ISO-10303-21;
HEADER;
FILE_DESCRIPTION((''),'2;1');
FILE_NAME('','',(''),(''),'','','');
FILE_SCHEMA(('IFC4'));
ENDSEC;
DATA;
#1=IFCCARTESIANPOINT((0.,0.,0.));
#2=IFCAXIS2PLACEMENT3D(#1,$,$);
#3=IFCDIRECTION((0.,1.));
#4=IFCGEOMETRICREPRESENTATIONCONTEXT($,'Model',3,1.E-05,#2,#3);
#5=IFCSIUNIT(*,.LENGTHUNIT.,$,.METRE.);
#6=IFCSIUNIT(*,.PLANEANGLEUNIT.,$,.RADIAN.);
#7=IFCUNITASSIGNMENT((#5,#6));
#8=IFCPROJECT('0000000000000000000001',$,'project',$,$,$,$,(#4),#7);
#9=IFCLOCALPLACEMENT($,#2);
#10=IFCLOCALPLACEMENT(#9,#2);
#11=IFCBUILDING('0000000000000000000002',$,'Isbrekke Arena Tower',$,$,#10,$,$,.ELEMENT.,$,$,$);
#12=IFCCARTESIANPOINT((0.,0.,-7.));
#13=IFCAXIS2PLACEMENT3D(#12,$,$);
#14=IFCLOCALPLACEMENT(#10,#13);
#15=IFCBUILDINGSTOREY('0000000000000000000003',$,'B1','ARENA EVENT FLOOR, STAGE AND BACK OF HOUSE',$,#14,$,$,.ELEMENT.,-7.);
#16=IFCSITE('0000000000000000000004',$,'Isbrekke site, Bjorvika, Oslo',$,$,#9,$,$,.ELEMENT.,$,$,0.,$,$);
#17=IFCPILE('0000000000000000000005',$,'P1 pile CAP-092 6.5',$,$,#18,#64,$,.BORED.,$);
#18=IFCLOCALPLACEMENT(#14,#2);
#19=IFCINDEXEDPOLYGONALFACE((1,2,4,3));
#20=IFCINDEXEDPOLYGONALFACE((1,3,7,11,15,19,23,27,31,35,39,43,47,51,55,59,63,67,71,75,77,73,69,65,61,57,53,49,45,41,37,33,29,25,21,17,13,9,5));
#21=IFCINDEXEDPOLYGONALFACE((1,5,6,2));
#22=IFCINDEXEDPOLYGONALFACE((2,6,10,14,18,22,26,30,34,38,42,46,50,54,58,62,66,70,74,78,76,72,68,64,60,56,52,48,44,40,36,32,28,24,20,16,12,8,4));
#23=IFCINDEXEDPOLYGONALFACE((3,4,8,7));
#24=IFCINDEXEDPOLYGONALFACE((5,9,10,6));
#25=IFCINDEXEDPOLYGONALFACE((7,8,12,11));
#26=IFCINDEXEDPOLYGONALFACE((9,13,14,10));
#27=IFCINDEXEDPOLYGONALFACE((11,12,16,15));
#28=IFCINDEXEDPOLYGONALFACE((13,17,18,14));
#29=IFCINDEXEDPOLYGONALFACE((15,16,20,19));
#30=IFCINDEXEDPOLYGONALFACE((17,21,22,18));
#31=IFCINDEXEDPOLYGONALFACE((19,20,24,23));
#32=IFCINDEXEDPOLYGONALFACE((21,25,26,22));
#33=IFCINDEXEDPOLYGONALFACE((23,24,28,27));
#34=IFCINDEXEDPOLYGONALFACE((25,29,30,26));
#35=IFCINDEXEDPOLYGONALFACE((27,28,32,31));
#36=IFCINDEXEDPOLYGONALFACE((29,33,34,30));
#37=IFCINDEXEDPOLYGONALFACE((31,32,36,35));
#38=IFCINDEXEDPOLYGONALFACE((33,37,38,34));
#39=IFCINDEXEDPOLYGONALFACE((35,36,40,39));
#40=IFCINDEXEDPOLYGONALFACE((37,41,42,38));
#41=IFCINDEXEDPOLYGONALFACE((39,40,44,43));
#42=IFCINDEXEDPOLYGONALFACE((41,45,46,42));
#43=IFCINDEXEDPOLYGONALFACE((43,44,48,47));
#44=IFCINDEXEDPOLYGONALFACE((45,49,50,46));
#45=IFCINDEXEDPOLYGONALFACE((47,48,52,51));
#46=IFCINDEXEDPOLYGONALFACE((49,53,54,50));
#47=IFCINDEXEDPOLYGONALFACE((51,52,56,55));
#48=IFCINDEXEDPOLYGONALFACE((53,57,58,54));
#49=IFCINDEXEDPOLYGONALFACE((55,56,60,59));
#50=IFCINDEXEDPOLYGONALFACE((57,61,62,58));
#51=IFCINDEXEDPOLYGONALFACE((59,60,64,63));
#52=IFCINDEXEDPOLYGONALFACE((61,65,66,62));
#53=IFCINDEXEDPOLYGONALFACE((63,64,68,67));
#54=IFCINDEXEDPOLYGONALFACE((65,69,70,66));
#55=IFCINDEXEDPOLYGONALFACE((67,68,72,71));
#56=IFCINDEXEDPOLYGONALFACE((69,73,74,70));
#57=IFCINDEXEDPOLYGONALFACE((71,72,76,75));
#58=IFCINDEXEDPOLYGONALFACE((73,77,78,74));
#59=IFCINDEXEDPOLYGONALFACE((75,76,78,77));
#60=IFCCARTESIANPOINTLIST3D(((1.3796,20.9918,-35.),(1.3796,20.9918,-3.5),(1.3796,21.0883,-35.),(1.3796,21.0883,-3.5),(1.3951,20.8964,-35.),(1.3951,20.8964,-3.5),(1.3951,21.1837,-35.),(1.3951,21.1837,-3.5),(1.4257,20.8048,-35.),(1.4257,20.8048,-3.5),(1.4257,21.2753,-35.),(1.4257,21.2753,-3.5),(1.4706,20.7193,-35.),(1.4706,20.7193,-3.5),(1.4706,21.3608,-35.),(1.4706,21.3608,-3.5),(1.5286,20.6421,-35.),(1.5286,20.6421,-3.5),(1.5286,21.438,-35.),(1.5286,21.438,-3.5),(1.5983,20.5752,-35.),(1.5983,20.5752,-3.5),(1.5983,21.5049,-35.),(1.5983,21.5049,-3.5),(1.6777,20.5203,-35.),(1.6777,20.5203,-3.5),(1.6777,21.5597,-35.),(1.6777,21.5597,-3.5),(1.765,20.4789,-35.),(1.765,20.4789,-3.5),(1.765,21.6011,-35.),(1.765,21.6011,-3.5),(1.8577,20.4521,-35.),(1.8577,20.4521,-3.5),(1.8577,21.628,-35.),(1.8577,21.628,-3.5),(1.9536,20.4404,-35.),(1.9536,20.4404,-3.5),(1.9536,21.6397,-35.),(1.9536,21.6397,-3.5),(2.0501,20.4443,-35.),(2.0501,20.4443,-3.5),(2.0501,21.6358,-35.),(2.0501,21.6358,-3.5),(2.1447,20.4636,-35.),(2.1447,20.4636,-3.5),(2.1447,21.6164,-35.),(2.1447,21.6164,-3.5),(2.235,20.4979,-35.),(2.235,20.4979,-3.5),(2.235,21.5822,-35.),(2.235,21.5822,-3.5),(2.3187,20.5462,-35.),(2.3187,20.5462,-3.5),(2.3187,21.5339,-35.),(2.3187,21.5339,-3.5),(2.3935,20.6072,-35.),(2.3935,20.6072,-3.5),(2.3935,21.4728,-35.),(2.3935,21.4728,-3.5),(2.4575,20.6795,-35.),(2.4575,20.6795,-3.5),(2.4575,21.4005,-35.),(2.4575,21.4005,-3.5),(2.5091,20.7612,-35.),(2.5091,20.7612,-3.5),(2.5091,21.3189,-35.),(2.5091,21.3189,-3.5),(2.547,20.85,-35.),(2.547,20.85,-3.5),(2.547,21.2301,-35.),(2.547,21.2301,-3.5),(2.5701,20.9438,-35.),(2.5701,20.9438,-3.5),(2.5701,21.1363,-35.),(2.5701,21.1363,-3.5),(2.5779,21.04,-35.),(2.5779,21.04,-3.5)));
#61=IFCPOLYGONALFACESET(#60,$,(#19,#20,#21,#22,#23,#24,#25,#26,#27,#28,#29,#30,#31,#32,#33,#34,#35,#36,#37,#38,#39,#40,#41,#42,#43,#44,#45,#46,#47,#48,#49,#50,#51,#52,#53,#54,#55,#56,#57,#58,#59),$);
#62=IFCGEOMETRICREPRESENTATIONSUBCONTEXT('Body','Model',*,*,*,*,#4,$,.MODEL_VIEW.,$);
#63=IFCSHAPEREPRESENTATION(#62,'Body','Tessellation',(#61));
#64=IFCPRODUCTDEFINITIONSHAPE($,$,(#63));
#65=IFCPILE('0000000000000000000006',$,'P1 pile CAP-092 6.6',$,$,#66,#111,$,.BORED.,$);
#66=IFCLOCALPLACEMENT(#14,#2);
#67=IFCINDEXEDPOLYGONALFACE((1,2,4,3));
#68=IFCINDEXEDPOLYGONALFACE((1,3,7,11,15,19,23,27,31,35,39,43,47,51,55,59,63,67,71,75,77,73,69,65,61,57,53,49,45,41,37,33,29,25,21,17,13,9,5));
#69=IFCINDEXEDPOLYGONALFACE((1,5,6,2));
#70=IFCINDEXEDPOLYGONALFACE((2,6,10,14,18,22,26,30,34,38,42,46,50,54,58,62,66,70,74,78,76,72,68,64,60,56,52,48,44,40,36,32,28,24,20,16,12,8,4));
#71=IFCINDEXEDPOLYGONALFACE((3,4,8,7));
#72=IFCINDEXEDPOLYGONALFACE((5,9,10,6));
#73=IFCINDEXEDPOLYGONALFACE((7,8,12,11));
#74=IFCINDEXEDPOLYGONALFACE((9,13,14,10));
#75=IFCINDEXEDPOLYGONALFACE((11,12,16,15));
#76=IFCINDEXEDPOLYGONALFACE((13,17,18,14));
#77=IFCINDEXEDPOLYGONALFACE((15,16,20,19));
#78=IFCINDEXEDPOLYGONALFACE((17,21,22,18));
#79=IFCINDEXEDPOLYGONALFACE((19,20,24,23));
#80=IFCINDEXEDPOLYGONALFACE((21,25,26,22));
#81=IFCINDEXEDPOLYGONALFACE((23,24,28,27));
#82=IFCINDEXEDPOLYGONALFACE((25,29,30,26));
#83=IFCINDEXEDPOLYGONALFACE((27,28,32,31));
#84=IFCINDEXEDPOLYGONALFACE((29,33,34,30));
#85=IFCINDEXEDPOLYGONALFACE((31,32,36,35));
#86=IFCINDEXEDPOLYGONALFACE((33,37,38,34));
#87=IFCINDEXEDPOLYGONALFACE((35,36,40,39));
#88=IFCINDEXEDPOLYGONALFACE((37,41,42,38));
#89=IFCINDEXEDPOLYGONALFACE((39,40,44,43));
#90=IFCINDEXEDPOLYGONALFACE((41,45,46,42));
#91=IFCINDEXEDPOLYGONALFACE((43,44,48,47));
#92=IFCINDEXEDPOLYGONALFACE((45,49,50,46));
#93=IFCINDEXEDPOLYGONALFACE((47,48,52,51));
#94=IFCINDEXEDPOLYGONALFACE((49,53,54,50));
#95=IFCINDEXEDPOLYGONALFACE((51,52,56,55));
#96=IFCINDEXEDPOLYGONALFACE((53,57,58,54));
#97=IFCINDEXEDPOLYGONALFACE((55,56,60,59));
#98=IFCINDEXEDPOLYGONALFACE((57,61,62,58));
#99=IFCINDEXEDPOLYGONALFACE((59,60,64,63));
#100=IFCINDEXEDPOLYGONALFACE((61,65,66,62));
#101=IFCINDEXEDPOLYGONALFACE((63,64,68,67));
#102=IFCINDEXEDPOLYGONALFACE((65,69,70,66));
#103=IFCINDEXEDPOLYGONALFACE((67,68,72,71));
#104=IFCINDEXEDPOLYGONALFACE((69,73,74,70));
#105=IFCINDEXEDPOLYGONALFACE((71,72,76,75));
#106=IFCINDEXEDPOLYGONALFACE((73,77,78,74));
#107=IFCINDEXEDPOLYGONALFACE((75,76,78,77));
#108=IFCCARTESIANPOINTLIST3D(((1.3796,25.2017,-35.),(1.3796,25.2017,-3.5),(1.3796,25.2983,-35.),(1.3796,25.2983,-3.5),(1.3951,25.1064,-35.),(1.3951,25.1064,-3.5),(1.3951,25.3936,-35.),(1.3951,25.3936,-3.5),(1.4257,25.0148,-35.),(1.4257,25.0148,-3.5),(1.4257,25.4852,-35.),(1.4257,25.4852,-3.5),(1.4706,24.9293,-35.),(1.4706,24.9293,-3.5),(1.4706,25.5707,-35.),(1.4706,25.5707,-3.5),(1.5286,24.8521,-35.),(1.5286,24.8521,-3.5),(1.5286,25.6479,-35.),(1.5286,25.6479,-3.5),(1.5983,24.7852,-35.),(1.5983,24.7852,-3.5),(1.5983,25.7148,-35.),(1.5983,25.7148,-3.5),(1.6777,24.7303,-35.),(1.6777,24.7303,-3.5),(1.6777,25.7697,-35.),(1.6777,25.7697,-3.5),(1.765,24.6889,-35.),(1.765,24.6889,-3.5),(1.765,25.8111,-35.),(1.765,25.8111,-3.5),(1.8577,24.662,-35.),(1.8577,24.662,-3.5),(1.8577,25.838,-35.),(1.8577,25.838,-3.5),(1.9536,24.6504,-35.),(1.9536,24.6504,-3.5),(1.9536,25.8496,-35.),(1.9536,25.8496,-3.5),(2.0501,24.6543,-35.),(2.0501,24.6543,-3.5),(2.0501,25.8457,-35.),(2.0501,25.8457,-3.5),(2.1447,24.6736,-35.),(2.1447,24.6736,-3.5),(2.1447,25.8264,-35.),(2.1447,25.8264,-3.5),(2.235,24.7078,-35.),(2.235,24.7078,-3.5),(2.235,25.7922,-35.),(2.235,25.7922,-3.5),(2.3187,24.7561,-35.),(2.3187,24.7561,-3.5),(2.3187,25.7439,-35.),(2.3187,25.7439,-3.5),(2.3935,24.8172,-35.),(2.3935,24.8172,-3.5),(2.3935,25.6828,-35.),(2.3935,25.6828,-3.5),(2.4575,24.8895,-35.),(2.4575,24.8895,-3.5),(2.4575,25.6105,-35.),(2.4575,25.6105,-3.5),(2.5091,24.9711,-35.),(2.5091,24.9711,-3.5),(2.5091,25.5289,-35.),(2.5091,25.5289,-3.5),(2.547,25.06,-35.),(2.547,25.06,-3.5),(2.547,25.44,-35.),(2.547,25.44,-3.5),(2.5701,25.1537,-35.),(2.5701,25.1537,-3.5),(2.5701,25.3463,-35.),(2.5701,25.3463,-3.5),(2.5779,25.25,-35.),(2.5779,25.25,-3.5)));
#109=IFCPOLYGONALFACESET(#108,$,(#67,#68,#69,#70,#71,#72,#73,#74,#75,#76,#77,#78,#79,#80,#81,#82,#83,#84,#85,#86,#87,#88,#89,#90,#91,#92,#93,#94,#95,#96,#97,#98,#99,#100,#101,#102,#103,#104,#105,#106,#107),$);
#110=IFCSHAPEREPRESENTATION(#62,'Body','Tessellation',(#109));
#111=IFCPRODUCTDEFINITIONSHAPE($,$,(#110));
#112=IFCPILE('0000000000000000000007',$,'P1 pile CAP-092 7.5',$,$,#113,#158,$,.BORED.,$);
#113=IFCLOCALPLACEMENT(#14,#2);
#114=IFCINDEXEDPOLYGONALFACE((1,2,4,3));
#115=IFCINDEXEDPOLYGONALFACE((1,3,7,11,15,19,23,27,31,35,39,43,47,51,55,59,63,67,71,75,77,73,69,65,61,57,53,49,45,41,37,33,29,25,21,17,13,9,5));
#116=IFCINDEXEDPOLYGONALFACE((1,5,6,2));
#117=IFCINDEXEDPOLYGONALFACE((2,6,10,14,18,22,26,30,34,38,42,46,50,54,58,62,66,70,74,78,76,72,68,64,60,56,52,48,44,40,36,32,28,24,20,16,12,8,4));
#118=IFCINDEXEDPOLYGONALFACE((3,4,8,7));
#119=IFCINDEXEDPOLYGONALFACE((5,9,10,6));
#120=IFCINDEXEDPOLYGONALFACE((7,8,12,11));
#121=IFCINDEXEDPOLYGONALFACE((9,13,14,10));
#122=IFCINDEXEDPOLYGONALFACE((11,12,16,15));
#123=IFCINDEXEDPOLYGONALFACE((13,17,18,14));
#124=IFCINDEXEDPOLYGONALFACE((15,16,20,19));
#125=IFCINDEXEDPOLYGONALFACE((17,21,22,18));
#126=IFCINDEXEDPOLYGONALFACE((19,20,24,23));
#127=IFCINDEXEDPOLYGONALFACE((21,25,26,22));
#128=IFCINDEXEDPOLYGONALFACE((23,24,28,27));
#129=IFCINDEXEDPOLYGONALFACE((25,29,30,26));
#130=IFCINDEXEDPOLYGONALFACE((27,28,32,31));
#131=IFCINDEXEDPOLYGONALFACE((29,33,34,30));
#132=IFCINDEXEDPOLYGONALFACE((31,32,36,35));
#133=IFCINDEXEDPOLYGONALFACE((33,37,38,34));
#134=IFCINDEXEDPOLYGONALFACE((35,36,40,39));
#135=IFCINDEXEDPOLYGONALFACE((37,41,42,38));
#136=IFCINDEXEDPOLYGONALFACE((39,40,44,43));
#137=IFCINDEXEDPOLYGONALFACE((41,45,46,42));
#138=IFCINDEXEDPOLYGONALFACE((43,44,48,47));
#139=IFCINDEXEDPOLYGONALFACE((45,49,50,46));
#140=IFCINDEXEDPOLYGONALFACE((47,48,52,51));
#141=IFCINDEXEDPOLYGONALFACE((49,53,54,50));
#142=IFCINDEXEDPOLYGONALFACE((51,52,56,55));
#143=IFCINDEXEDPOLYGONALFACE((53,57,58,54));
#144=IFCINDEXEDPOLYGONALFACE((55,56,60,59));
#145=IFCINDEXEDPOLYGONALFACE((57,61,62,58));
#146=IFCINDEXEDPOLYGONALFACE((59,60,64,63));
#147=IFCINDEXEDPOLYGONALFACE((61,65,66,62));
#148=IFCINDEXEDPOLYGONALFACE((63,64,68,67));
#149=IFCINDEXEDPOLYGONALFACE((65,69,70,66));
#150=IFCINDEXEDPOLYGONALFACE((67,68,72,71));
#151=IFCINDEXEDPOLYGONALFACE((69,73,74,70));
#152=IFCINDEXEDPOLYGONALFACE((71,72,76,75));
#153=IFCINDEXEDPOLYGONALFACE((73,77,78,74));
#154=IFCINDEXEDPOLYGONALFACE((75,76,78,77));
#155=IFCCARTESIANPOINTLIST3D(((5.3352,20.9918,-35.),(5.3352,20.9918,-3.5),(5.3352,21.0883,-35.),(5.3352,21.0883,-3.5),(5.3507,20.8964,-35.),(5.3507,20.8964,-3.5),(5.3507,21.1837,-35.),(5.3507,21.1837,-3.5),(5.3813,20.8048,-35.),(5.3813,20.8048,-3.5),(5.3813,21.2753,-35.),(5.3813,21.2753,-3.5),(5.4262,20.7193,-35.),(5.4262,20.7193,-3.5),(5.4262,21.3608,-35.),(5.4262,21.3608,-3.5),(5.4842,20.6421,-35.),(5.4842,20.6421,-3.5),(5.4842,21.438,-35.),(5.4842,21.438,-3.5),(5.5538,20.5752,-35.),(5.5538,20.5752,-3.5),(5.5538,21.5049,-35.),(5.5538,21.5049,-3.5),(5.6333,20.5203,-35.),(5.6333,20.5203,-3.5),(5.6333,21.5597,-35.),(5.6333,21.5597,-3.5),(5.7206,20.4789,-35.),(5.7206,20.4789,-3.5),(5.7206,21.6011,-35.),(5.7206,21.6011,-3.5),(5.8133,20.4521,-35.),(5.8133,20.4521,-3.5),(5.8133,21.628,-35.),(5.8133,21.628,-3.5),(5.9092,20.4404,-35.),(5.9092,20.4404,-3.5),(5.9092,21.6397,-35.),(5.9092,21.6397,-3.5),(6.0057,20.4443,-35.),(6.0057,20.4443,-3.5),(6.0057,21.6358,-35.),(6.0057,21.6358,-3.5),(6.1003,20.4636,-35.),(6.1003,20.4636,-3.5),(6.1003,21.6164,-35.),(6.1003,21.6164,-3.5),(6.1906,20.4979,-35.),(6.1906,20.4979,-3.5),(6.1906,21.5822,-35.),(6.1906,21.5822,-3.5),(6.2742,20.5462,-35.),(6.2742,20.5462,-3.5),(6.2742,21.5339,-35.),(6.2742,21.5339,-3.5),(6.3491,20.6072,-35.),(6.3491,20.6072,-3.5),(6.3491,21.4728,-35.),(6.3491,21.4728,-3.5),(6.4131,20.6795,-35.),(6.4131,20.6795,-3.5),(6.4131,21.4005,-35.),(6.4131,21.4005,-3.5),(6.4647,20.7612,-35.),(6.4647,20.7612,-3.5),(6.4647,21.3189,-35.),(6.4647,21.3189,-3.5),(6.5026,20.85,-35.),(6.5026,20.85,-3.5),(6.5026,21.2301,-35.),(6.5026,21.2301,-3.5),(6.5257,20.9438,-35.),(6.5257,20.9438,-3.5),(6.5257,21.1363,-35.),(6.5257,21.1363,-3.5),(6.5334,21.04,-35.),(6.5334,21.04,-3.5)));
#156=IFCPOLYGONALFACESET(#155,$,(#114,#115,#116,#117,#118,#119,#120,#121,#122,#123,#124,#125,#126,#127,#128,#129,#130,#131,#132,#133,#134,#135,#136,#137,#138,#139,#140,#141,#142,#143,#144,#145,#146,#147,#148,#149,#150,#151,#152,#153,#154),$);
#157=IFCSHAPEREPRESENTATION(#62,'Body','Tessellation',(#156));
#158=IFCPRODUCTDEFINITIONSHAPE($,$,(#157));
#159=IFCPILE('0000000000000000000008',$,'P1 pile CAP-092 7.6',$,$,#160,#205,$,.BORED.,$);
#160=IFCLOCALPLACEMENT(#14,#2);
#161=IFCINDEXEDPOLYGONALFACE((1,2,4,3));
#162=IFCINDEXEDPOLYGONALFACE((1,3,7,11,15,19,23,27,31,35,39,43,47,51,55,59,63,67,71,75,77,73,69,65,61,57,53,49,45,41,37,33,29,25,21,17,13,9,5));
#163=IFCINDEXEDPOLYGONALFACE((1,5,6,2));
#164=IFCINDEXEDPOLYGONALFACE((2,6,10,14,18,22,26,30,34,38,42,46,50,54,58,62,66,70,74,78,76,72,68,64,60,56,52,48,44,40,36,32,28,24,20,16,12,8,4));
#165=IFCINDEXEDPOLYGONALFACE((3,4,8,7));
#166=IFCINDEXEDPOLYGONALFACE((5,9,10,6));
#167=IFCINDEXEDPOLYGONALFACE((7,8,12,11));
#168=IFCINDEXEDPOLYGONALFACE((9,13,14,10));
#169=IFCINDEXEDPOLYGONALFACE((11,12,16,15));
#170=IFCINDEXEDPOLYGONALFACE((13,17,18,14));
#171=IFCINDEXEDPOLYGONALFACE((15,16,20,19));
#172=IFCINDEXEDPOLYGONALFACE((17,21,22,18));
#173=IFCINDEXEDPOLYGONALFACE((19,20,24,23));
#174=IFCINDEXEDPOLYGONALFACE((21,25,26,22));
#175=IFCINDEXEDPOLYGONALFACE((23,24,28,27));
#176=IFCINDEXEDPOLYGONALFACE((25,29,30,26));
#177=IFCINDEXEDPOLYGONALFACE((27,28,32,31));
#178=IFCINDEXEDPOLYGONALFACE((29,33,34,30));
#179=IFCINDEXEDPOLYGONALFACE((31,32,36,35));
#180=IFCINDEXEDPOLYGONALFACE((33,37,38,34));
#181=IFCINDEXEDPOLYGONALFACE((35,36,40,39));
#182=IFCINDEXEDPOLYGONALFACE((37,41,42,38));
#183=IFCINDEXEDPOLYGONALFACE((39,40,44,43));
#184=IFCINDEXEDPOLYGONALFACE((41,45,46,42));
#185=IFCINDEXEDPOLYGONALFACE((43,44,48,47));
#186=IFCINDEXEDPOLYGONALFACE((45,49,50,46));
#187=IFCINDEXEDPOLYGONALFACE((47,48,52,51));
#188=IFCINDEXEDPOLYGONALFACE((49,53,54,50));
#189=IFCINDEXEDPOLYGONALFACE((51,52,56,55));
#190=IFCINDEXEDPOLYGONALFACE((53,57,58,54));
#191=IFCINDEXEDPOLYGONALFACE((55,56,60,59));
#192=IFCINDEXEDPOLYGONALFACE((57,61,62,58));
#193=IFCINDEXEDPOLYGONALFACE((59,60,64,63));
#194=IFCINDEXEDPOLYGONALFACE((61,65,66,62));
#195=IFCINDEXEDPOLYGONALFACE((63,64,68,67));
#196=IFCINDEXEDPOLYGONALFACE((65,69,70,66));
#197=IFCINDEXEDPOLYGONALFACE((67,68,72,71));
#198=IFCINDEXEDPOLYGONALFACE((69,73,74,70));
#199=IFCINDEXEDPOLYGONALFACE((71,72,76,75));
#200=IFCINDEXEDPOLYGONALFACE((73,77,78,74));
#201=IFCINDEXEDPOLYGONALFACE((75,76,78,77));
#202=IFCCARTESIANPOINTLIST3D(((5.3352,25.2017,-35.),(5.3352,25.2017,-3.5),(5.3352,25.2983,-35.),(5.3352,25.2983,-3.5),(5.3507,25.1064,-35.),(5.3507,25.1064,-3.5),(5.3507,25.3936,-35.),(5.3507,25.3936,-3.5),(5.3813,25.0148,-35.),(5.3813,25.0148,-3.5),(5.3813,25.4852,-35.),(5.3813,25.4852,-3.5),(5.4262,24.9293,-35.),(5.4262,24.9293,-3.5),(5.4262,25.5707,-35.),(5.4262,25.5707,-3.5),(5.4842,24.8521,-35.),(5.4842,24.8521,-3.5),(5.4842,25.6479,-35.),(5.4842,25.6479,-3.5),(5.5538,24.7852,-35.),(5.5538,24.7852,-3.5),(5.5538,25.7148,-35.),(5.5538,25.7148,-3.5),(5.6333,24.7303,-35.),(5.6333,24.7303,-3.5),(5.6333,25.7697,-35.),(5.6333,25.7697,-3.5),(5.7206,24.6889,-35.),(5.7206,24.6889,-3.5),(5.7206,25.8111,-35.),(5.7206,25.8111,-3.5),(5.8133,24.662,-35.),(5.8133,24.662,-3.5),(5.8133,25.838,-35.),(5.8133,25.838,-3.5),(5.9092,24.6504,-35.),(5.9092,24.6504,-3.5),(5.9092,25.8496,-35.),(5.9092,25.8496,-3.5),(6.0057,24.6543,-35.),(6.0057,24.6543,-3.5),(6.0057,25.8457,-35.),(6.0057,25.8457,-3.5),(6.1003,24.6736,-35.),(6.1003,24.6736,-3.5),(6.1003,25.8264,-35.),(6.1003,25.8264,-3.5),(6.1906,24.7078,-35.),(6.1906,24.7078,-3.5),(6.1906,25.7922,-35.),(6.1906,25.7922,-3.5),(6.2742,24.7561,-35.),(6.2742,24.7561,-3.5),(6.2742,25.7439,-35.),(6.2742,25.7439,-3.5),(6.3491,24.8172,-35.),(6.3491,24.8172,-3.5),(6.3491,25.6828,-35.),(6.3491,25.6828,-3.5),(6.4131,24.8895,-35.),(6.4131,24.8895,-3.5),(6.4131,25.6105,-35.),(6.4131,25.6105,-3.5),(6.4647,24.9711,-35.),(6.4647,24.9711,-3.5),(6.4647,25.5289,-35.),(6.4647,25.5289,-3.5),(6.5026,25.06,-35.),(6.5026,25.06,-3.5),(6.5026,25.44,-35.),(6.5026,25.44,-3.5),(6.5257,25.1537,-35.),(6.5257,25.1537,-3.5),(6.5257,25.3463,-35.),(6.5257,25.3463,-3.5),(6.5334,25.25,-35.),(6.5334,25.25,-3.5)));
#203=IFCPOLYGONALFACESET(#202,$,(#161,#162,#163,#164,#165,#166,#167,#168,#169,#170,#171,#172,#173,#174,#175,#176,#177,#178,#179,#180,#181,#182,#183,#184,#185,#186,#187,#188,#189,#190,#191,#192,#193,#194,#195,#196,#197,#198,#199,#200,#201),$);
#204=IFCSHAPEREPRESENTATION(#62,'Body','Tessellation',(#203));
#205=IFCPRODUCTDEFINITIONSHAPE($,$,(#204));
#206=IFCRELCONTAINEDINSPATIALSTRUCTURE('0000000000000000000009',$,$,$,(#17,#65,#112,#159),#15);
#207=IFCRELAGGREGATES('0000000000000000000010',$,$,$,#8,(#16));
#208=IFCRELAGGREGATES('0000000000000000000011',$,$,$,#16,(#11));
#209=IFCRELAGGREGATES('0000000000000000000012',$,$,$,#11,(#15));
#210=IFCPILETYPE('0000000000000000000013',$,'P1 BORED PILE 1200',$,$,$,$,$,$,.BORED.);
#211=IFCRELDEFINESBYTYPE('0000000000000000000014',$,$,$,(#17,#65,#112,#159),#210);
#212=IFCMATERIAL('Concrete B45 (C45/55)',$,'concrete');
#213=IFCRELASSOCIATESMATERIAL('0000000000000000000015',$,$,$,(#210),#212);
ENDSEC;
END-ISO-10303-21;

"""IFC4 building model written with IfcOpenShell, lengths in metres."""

from ifc_helpers import new_model, si_unit, direction, frame, origin, origin_2d, place, context, subcontext, project, spatial, circle, extrude, material, material_profile, profile_set, type_object, element, save


model = new_model("IFC4")

# Units and contexts
model_context = context("Model", 3, precision=1e-05, world=origin(), true_north=direction((0.0, 1.0)))
body_context = subcontext(model_context, "Body", "Model", "MODEL_VIEW")
ifc_project = project(units=[si_unit("LENGTHUNIT", "METRE"), si_unit("PLANEANGLEUNIT", "RADIAN")], contexts=[model_context])

# Site, building, storey
site_placement = place(None, origin())
site = spatial("IfcSite", under=ifc_project, at=site_placement, Name="Isbrekke site, Bjorvika, Oslo", CompositionType="ELEMENT", RefElevation=0.0)
building_placement = place(site_placement, origin())
building = spatial("IfcBuilding", under=site, at=building_placement, Name="Isbrekke Arena Tower", CompositionType="ELEMENT")
storey_placement = place(building_placement, frame((0.0, 0.0, -7.0)))
storey = spatial("IfcBuildingStorey", under=building, at=storey_placement, Name="B1", Description="ARENA EVENT FLOOR, STAGE AND BACK OF HOUSE", CompositionType="ELEMENT", Elevation=-7.0)

# Piles
ifc_material_1 = material(Name="Concrete B45 (C45/55)", Category="concrete")
ifc_material_profile_1 = material_profile(ifc_material_1, circle(Radius=0.6001, at=origin_2d()), Name="BORED PILE D1200")
ifc_profile_set_1 = profile_set([ifc_material_profile_1], Name="Concrete B45 (C45/55)")
pile_type = type_object("IfcPileType", Name="P1 BORED PILE 1200", PredefinedType="BORED", material=ifc_profile_set_1)
for number, where, z_axis, x_axis, name in (
    (1, (1.9778, 21.04, -3.5), (0.0, 0.0, -1.0), (1.0, 0.0, 0.0), "P1 pile CAP-092 6.5"),
    (2, (1.9778, 25.25, -3.5), (0.0, 0.0, -1.0), (1.0, 0.0, 0.0), "P1 pile CAP-092 6.6"),
    (3, (5.9333, 21.04, -3.5), (0.0, 0.0, -1.0), (1.0, 0.0, 0.0), "P1 pile CAP-092 7.5"),
    (4, (5.9333, 25.25, -3.5), (0.0, 0.0, -1.0), (1.0, 0.0, 0.0), "P1 pile CAP-092 7.6"),
):
    element("IfcPile", number, at=place(storey_placement, frame(where, z_axis=z_axis, x_axis=x_axis)), inside=storey, type_object=pile_type, Name=name, PredefinedType="BORED", context=body_context, shape_type="SweptSolid", body=[
        extrude(circle(Radius=0.6001, at=origin_2d()), origin(), (0.0, 0.0, 1.0), 31.5),
    ])

save(model, "model.ifc")
